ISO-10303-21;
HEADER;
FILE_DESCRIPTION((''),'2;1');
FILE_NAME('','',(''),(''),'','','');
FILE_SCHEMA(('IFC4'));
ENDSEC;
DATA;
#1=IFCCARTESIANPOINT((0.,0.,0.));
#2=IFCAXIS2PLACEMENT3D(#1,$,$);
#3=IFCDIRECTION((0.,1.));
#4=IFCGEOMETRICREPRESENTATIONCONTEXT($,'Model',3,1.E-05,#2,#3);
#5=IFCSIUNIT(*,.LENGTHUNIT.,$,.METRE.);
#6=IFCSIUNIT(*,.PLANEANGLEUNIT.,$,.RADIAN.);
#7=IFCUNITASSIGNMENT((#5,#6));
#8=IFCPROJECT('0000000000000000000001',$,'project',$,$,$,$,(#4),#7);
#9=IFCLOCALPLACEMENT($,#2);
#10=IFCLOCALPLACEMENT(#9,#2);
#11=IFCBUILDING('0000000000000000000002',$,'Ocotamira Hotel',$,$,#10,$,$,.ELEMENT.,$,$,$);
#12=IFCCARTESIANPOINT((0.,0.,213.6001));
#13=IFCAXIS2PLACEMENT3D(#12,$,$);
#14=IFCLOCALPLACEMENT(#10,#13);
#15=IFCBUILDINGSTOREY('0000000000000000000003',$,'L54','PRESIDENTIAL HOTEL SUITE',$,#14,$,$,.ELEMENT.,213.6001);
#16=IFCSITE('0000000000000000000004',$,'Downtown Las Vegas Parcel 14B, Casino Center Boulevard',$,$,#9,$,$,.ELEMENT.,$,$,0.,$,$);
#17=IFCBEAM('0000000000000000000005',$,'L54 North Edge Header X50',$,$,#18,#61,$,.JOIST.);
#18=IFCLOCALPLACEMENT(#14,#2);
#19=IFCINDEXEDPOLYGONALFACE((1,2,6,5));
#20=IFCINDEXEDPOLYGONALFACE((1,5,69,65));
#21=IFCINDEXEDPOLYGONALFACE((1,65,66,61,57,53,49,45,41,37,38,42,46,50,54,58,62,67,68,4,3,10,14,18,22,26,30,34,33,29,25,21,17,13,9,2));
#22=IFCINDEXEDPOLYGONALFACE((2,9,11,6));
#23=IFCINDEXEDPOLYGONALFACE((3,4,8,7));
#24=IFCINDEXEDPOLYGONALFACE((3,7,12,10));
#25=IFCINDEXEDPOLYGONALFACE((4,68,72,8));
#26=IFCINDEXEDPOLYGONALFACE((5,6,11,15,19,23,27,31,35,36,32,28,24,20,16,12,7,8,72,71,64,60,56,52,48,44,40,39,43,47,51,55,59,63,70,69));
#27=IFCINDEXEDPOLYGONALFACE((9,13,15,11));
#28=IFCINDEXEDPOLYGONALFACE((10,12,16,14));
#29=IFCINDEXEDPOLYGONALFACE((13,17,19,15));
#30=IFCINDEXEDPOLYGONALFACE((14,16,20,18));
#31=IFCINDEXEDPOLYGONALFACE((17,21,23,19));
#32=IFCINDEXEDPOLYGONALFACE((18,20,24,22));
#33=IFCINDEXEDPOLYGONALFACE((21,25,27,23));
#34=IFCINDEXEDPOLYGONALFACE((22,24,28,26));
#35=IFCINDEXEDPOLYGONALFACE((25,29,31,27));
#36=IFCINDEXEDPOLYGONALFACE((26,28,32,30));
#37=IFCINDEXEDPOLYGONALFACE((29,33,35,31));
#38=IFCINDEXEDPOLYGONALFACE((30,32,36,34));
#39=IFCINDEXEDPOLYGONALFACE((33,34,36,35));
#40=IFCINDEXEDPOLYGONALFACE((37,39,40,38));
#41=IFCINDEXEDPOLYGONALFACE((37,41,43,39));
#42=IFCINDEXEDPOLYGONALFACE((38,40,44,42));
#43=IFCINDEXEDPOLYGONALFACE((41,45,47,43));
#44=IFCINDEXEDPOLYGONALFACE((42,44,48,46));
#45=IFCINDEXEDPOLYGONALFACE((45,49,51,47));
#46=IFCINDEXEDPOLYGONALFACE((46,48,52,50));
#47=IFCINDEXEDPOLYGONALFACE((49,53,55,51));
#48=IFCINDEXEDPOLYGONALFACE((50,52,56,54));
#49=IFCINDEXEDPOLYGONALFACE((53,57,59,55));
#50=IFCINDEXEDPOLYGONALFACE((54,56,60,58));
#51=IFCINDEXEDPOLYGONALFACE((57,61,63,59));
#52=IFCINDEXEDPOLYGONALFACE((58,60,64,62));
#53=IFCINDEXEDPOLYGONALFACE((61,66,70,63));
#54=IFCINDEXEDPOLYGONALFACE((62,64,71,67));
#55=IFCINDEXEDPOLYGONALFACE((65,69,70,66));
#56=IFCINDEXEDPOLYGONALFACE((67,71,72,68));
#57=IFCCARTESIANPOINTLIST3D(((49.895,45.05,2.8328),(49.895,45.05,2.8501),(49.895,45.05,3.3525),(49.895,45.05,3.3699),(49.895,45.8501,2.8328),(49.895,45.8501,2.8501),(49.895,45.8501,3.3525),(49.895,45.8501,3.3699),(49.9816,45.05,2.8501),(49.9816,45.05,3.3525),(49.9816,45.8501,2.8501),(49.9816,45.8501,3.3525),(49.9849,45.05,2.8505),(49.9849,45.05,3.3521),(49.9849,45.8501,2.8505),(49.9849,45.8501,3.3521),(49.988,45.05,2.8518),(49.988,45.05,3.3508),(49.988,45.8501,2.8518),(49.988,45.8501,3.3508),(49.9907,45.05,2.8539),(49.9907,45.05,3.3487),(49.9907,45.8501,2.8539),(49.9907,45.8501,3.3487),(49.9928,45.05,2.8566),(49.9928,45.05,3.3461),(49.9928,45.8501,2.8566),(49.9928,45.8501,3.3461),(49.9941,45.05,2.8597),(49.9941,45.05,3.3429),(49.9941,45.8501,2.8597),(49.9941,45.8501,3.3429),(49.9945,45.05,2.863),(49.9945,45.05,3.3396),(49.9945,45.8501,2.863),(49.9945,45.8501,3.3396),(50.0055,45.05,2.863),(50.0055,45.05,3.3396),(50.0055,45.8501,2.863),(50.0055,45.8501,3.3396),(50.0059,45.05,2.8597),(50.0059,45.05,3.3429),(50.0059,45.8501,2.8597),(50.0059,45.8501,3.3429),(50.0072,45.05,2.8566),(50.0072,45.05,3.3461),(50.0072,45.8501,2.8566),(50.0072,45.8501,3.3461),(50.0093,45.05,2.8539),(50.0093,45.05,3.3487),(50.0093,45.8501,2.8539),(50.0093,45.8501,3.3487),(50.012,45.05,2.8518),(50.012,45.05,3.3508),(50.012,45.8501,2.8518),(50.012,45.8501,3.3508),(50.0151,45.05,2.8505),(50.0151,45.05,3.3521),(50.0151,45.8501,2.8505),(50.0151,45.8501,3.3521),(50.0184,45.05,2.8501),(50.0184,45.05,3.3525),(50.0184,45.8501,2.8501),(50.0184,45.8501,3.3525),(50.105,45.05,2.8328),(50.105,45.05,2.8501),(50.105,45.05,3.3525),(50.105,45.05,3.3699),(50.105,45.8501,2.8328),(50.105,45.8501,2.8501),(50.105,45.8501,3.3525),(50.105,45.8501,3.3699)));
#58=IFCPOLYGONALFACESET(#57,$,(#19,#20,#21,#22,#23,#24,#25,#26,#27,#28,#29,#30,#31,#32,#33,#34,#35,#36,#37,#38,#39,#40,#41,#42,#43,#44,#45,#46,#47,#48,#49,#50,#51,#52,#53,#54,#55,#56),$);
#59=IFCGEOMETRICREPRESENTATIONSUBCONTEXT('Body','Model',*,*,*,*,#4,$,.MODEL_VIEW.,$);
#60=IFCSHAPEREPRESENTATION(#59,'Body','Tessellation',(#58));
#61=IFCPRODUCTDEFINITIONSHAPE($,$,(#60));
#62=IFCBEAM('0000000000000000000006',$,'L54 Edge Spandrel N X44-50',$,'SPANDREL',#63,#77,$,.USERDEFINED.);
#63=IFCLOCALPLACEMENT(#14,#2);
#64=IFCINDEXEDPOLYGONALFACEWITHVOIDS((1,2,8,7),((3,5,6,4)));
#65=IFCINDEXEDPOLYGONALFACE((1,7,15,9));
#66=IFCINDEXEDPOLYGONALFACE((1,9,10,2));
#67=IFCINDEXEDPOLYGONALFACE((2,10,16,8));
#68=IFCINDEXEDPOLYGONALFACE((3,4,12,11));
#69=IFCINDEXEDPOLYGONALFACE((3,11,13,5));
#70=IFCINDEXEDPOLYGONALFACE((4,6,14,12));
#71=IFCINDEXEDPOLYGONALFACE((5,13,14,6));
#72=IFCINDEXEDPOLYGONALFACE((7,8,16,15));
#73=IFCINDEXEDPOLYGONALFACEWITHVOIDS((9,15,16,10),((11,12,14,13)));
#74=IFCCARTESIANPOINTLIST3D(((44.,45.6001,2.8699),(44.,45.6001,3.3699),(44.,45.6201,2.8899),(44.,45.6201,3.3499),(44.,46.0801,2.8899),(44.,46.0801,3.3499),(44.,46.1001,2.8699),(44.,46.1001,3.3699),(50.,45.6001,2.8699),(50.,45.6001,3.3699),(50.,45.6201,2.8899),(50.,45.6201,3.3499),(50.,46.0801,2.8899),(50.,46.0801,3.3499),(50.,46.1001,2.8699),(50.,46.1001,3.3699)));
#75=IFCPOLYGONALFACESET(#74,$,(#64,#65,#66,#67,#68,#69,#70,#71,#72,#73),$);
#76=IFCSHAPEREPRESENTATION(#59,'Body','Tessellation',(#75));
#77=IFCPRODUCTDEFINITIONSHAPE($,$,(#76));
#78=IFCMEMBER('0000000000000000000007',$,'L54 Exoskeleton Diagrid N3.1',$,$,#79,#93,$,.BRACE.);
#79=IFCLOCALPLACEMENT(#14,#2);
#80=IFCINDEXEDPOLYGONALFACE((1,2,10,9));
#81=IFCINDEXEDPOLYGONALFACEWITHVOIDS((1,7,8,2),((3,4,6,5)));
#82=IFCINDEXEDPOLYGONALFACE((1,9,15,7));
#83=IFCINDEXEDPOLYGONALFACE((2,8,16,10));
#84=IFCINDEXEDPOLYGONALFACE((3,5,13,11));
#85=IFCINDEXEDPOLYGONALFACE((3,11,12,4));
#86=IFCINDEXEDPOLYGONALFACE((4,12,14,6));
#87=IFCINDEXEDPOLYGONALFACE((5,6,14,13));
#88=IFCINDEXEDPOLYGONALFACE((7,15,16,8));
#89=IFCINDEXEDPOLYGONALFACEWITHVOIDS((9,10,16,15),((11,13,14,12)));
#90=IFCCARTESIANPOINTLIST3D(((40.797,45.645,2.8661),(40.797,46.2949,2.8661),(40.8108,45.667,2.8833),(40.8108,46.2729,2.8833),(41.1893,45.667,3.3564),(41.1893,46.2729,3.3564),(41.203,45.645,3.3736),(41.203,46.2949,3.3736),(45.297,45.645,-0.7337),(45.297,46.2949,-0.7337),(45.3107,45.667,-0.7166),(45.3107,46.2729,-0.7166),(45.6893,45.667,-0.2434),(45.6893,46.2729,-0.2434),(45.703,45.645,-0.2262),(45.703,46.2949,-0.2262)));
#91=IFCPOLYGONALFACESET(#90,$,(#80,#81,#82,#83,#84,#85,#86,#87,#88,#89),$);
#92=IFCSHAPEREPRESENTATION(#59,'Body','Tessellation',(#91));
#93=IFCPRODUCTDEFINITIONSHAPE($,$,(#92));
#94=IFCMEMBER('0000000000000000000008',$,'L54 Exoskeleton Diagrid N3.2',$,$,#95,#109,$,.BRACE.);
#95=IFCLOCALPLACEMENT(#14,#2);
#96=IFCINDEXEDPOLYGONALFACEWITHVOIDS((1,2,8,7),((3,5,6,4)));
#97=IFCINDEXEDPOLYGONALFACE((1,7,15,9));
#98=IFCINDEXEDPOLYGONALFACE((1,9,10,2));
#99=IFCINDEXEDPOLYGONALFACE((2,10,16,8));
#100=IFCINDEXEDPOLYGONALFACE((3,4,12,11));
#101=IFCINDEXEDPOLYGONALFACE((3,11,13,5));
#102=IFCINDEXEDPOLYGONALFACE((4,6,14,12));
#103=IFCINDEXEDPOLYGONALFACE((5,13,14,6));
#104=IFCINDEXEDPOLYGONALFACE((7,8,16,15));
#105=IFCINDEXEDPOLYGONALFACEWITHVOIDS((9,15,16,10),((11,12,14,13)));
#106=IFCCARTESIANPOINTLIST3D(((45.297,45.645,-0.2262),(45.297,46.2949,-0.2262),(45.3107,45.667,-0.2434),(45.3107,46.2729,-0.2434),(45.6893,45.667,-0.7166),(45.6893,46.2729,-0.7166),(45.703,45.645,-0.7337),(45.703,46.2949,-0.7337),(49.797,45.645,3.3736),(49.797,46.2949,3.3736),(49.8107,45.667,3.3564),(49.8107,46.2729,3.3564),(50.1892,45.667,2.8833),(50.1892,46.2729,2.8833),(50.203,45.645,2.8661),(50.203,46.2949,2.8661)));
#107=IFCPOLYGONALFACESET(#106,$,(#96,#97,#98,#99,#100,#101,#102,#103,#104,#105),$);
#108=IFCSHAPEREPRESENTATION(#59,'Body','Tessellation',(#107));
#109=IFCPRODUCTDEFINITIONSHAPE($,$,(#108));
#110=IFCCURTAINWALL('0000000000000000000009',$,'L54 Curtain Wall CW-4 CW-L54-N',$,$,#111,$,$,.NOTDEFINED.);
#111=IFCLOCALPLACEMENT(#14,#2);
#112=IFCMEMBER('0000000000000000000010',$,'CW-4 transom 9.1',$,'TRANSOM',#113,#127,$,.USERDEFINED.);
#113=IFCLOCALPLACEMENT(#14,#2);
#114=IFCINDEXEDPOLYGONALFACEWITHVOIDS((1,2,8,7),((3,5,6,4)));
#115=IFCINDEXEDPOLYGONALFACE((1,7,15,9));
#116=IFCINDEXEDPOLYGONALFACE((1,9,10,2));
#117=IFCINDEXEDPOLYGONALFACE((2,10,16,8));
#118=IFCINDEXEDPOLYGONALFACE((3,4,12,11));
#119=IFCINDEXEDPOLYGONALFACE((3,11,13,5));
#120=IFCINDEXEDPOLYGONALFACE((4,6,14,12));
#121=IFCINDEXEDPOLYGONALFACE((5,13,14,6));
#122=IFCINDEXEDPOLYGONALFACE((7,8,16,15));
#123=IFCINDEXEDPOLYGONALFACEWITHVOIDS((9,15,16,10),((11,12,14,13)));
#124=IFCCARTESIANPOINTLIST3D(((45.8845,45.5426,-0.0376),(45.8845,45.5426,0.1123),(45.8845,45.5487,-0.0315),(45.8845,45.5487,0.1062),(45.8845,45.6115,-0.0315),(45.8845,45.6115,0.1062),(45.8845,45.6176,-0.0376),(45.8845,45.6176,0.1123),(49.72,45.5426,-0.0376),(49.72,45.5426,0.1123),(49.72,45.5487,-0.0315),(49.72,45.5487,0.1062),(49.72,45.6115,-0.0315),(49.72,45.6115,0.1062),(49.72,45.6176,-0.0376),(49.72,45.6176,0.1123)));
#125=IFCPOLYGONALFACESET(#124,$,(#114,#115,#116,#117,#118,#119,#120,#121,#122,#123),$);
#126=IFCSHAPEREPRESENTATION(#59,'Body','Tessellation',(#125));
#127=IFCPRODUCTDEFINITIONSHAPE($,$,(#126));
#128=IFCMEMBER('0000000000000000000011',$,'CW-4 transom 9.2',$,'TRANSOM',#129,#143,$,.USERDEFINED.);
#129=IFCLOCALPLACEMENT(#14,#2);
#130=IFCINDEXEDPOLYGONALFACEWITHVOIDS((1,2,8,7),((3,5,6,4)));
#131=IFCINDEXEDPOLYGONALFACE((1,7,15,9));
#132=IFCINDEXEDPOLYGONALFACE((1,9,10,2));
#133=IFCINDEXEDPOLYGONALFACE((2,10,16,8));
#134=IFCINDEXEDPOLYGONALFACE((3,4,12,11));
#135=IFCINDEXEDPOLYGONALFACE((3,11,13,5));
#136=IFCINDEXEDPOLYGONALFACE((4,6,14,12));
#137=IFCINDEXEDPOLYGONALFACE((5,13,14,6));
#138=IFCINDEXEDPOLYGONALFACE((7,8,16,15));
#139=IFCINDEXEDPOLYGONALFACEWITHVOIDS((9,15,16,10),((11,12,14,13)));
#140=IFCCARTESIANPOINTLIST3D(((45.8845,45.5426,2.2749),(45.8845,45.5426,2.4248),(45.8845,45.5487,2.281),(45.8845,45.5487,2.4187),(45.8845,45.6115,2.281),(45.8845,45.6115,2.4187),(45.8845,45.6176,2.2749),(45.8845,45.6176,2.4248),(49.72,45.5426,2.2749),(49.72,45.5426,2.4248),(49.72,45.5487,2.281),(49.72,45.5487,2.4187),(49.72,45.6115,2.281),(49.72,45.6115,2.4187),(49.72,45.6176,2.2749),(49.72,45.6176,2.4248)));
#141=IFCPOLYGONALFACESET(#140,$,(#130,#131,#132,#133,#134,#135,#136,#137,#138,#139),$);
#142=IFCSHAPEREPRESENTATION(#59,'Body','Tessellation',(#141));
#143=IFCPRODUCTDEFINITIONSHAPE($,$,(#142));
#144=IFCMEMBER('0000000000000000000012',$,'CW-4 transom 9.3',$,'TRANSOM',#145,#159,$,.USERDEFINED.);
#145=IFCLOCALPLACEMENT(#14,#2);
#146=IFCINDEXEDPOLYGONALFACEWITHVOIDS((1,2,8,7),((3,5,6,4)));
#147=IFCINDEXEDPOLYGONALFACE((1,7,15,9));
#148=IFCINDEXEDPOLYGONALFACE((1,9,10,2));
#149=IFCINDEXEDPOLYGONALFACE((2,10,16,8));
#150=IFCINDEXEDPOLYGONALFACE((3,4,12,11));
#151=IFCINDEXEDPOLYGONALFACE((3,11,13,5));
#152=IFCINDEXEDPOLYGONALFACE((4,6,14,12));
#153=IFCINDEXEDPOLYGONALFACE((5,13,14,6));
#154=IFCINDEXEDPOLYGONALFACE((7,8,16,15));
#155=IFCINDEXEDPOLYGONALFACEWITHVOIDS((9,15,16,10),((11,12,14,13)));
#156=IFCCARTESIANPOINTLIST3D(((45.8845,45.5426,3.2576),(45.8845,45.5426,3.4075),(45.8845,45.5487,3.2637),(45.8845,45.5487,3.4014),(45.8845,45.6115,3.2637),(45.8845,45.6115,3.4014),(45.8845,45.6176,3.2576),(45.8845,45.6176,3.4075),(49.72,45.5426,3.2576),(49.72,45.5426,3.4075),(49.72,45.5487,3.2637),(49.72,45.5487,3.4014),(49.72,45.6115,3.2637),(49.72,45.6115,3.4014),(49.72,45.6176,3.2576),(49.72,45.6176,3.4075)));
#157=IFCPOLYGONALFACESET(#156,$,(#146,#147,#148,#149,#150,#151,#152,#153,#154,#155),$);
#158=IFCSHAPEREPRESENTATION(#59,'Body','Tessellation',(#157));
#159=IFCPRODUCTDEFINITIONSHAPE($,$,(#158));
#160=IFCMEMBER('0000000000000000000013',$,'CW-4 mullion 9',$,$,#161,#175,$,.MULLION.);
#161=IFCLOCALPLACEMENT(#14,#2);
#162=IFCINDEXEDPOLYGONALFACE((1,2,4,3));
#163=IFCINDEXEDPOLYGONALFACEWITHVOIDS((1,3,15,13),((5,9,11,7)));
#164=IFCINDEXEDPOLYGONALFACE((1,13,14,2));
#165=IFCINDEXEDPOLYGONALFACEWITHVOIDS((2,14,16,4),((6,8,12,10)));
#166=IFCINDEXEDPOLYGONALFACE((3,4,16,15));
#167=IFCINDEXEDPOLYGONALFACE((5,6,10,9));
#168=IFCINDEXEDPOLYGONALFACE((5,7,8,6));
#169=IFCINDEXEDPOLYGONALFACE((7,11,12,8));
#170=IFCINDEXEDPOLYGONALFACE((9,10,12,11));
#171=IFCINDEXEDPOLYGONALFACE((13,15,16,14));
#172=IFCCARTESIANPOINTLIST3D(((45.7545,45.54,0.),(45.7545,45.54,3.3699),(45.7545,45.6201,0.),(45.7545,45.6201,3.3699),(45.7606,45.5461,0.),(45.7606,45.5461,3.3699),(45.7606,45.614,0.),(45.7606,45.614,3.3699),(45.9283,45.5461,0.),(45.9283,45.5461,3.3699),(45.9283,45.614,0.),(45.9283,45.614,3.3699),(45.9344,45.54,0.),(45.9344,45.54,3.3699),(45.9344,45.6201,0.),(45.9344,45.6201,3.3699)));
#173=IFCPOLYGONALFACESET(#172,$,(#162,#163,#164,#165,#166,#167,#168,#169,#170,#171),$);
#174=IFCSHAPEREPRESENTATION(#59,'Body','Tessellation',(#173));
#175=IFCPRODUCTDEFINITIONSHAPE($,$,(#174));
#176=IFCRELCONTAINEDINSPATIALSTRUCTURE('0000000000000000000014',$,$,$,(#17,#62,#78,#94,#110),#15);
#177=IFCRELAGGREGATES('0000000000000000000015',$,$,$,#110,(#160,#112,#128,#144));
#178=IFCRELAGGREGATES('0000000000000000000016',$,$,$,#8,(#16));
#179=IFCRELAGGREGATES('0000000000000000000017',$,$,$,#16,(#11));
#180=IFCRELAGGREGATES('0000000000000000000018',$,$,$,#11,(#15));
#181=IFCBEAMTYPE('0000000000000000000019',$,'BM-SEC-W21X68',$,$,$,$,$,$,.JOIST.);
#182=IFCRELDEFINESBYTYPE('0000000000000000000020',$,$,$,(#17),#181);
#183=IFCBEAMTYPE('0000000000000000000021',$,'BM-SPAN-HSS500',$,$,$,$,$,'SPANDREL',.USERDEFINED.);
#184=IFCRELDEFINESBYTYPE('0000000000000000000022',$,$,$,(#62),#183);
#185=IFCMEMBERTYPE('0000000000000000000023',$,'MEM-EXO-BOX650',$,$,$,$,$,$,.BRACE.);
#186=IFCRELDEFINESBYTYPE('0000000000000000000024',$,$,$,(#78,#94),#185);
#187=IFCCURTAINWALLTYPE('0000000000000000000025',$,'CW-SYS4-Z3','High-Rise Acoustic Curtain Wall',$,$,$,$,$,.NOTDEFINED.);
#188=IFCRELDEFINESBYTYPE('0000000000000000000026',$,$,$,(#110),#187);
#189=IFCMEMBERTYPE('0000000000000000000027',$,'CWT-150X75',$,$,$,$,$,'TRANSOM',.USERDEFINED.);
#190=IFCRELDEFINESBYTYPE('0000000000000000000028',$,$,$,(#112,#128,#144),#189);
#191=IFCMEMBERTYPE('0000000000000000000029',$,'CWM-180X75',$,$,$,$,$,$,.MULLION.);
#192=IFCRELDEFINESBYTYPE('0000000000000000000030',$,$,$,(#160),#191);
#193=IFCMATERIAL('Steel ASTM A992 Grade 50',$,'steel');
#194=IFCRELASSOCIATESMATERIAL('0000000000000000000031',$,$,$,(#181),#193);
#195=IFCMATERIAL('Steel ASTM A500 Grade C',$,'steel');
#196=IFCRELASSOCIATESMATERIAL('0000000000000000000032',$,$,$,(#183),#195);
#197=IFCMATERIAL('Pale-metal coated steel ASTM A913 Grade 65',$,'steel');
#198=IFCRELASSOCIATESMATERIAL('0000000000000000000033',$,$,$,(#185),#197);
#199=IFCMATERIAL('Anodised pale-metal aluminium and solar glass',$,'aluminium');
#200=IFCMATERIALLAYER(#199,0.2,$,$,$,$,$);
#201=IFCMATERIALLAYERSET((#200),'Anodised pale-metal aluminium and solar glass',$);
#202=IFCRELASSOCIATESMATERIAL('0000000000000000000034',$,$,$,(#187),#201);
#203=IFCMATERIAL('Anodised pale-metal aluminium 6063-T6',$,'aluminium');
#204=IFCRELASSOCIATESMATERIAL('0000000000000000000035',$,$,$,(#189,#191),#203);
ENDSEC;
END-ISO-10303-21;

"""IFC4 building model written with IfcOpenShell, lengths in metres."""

from ifc_helpers import new_model, si_unit, direction, frame, origin, origin_2d, place, context, subcontext, project, spatial, hollow_rectangle, i_section, extrude, source, transform, mapped, material, layer, layer_set, material_profile, profile_set, type_object, element, aggregate, save


model = new_model("IFC4")

# Units and contexts
model_context = context("Model", 3, precision=1e-05, world=origin(), true_north=direction((0.0, 1.0)))
body_context = subcontext(model_context, "Body", "Model", "MODEL_VIEW")
ifc_project = project(units=[si_unit("LENGTHUNIT", "METRE"), si_unit("PLANEANGLEUNIT", "RADIAN")], contexts=[model_context])

# Site, building, storey
site_placement = place(None, origin())
site = spatial("IfcSite", under=ifc_project, at=site_placement, Name="Downtown Las Vegas Parcel 14B, Casino Center Boulevard", CompositionType="ELEMENT", RefElevation=0.0)
building_placement = place(site_placement, origin())
building = spatial("IfcBuilding", under=site, at=building_placement, Name="Ocotamira Hotel", CompositionType="ELEMENT")
storey_placement = place(building_placement, frame((0.0, 0.0, 213.6001)))
storey = spatial("IfcBuildingStorey", under=building, at=storey_placement, Name="L54", Description="PRESIDENTIAL HOTEL SUITE", CompositionType="ELEMENT", Elevation=213.6001)

# Beams
ifc_material_1 = material(Name="Steel ASTM A992 Grade 50", Category="steel")
ifc_material_profile_1 = material_profile(ifc_material_1, i_section(OverallWidth=0.21, OverallDepth=0.5371, WebThickness=0.011, FlangeThickness=0.0173, FilletRadius=0.0129, at=origin_2d()), Name="W21X68")
ifc_profile_set_1 = profile_set([ifc_material_profile_1], Name="Steel ASTM A992 Grade 50")
beam_type_1 = type_object("IfcBeamType", Name="BM-SEC-W21X68", PredefinedType="JOIST", material=ifc_profile_set_1)
shared_shape_1 = source(origin(), body_context, "Body", "SweptSolid", [
    extrude(i_section(OverallWidth=0.21, OverallDepth=0.5371, WebThickness=0.011, FlangeThickness=0.0173, FilletRadius=0.0129, at=origin_2d()), origin(), (0.0, 0.0, 1.0), 0.8),
])
for number, where, z_axis, x_axis, name in (
    (1, (50.0, 45.05, 3.1013), (0.0, 1.0, 0.0), (-1.0, 0.0, 0.0), "L54 North Edge Header X50"),
):
    element("IfcBeam", number, at=place(storey_placement, frame(where, z_axis=z_axis, x_axis=x_axis)), inside=storey, type_object=beam_type_1, Name=name, PredefinedType="JOIST", context=body_context, shape_type="MappedRepresentation", body=[
        mapped(shared_shape_1, transform((0.0, 0.0, 0.0), scale=1.0)),
    ])
ifc_material_2 = material(Name="Steel ASTM A500 Grade C", Category="steel")
ifc_material_profile_2 = material_profile(ifc_material_2, hollow_rectangle(XDim=0.5, YDim=0.5, WallThickness=0.02, at=origin_2d()), Name="HSS500X500X20")
ifc_profile_set_2 = profile_set([ifc_material_profile_2], Name="Steel ASTM A500 Grade C")
beam_type_2 = type_object("IfcBeamType", Name="BM-SPAN-HSS500", ElementType="SPANDREL", PredefinedType="USERDEFINED", material=ifc_profile_set_2)
shared_shape_2 = source(origin(), body_context, "Body", "SweptSolid", [
    extrude(hollow_rectangle(XDim=0.5, YDim=0.5, WallThickness=0.02, at=origin_2d()), origin(), (0.0, 0.0, 1.0), 6.0),
])
beam_1_placement = place(storey_placement, frame((44.0, 45.8501, 3.1199), z_axis=(1.0, 0.0, 0.0), x_axis=(0.0, 1.0, 0.0)))
element("IfcBeam", 2, at=beam_1_placement, inside=storey, type_object=beam_type_2, Name="L54 Edge Spandrel N X44-50", ObjectType="SPANDREL", PredefinedType="USERDEFINED", context=body_context, shape_type="MappedRepresentation", body=[
    mapped(shared_shape_2, transform((0.0, 0.0, 0.0), scale=1.0)),
])

# Members
ifc_material_3 = material(Name="Pale-metal coated steel ASTM A913 Grade 65", Category="steel")
ifc_material_profile_3 = material_profile(ifc_material_3, hollow_rectangle(XDim=0.6499, YDim=0.6499, WallThickness=0.022, at=origin_2d()), Name="BOX650X650X22")
ifc_profile_set_3 = profile_set([ifc_material_profile_3], Name="Pale-metal coated steel ASTM A913 Grade 65")
member_type_1 = type_object("IfcMemberType", Name="MEM-EXO-BOX650", PredefinedType="BRACE", material=ifc_profile_set_3)
shared_shape_3 = source(origin(), body_context, "Body", "SweptSolid", [
    extrude(hollow_rectangle(XDim=0.6499, YDim=0.6499, WallThickness=0.022, at=origin_2d()), origin(), (0.0, 0.0, 1.0), 5.7627),
])
for number, where, z_axis, x_axis, name in (
    (3, (45.5, 45.97, -0.48), (-0.780881, 0.0, 0.62468), (0.0, -1.0, 0.0), "L54 Exoskeleton Diagrid N3.1"),
    (4, (45.5, 45.97, -0.48), (0.780881, 0.0, 0.62468), (0.0, 1.0, 0.0), "L54 Exoskeleton Diagrid N3.2"),
):
    element("IfcMember", number, at=place(storey_placement, frame(where, z_axis=z_axis, x_axis=x_axis)), inside=storey, type_object=member_type_1, Name=name, PredefinedType="BRACE", context=body_context, shape_type="MappedRepresentation", body=[
        mapped(shared_shape_3, transform((0.0, 0.0, 0.0), scale=1.0)),
    ])

# Curtain wall, members
ifc_material_4 = material(Name="Anodised pale-metal aluminium and solar glass", Category="aluminium")
ifc_layer_1 = layer(ifc_material_4, 0.2)
ifc_layer_set_1 = layer_set([ifc_layer_1], Name="Anodised pale-metal aluminium and solar glass")
curtain_wall_type = type_object("IfcCurtainWallType", Name="CW-SYS4-Z3", Description="High-Rise Acoustic Curtain Wall", PredefinedType="NOTDEFINED", material=ifc_layer_set_1)
curtain_wall_1_placement = place(storey_placement, origin())
curtain_wall_1 = element("IfcCurtainWall", 5, at=curtain_wall_1_placement, inside=storey, type_object=curtain_wall_type, Name="L54 Curtain Wall CW-4 CW-L54-N", PredefinedType="NOTDEFINED")
ifc_material_5 = material(Name="Anodised pale-metal aluminium 6063-T6", Category="aluminium")
ifc_material_profile_4 = material_profile(ifc_material_5, hollow_rectangle(XDim=0.075, YDim=0.1499, WallThickness=0.0061, at=origin_2d()), Name="HSS150X75X6")
ifc_profile_set_4 = profile_set([ifc_material_profile_4], Name="Anodised pale-metal aluminium 6063-T6")
member_type_2 = type_object("IfcMemberType", Name="CWT-150X75", ElementType="TRANSOM", PredefinedType="USERDEFINED", material=ifc_profile_set_4)
shared_shape_4 = source(origin(), body_context, "Body", "SweptSolid", [
    extrude(hollow_rectangle(XDim=0.075, YDim=0.1499, WallThickness=0.0061, at=origin_2d()), origin(), (0.0, 0.0, 1.0), 3.8354),
])
member_1_placement = place(storey_placement, frame((45.8845, 45.5801, 0.0374), z_axis=(1.0, 0.0, 0.0), x_axis=(0.0, 1.0, 0.0)))
member_1 = element("IfcMember", 6, at=member_1_placement, type_object=member_type_2, Name="CW-4 transom 9.1", ObjectType="TRANSOM", PredefinedType="USERDEFINED", context=body_context, shape_type="MappedRepresentation", body=[
    mapped(shared_shape_4, transform((0.0, 0.0, 0.0), scale=1.0)),
])
member_2_placement = place(storey_placement, frame((45.8845, 45.5801, 2.3499), z_axis=(1.0, 0.0, 0.0), x_axis=(0.0, 1.0, 0.0)))
member_2 = element("IfcMember", 7, at=member_2_placement, type_object=member_type_2, Name="CW-4 transom 9.2", ObjectType="TRANSOM", PredefinedType="USERDEFINED", context=body_context, shape_type="MappedRepresentation", body=[
    mapped(shared_shape_4, transform((0.0, 0.0, 0.0), scale=1.0)),
])
member_3_placement = place(storey_placement, frame((45.8845, 45.5801, 3.3325), z_axis=(1.0, 0.0, 0.0), x_axis=(0.0, 1.0, 0.0)))
member_3 = element("IfcMember", 8, at=member_3_placement, type_object=member_type_2, Name="CW-4 transom 9.3", ObjectType="TRANSOM", PredefinedType="USERDEFINED", context=body_context, shape_type="MappedRepresentation", body=[
    mapped(shared_shape_4, transform((0.0, 0.0, 0.0), scale=1.0)),
])
ifc_material_profile_5 = material_profile(ifc_material_5, hollow_rectangle(XDim=0.0801, YDim=0.1799, WallThickness=0.0061, at=origin_2d()), Name="HSS180X80X6")
ifc_profile_set_5 = profile_set([ifc_material_profile_5], Name="Anodised pale-metal aluminium 6063-T6")
member_type_3 = type_object("IfcMemberType", Name="CWM-180X75", PredefinedType="MULLION", material=ifc_profile_set_5)
shared_shape_5 = source(origin(), body_context, "Body", "SweptSolid", [
    extrude(hollow_rectangle(XDim=0.0801, YDim=0.1799, WallThickness=0.0061, at=origin_2d()), origin(), (0.0, 0.0, 1.0), 3.3699),
])
member_4_placement = place(storey_placement, frame((45.8445, 45.5801, 0.0), z_axis=(0.0, 0.0, 1.0), x_axis=(0.0, 1.0, 0.0)))
member_4 = element("IfcMember", 9, at=member_4_placement, type_object=member_type_3, Name="CW-4 mullion 9", PredefinedType="MULLION", context=body_context, shape_type="MappedRepresentation", body=[
    mapped(shared_shape_5, transform((0.0, 0.0, 0.0), scale=1.0)),
])

aggregate(curtain_wall_1, [member_4, member_1, member_2, member_3])

save(model, "model.ifc")
